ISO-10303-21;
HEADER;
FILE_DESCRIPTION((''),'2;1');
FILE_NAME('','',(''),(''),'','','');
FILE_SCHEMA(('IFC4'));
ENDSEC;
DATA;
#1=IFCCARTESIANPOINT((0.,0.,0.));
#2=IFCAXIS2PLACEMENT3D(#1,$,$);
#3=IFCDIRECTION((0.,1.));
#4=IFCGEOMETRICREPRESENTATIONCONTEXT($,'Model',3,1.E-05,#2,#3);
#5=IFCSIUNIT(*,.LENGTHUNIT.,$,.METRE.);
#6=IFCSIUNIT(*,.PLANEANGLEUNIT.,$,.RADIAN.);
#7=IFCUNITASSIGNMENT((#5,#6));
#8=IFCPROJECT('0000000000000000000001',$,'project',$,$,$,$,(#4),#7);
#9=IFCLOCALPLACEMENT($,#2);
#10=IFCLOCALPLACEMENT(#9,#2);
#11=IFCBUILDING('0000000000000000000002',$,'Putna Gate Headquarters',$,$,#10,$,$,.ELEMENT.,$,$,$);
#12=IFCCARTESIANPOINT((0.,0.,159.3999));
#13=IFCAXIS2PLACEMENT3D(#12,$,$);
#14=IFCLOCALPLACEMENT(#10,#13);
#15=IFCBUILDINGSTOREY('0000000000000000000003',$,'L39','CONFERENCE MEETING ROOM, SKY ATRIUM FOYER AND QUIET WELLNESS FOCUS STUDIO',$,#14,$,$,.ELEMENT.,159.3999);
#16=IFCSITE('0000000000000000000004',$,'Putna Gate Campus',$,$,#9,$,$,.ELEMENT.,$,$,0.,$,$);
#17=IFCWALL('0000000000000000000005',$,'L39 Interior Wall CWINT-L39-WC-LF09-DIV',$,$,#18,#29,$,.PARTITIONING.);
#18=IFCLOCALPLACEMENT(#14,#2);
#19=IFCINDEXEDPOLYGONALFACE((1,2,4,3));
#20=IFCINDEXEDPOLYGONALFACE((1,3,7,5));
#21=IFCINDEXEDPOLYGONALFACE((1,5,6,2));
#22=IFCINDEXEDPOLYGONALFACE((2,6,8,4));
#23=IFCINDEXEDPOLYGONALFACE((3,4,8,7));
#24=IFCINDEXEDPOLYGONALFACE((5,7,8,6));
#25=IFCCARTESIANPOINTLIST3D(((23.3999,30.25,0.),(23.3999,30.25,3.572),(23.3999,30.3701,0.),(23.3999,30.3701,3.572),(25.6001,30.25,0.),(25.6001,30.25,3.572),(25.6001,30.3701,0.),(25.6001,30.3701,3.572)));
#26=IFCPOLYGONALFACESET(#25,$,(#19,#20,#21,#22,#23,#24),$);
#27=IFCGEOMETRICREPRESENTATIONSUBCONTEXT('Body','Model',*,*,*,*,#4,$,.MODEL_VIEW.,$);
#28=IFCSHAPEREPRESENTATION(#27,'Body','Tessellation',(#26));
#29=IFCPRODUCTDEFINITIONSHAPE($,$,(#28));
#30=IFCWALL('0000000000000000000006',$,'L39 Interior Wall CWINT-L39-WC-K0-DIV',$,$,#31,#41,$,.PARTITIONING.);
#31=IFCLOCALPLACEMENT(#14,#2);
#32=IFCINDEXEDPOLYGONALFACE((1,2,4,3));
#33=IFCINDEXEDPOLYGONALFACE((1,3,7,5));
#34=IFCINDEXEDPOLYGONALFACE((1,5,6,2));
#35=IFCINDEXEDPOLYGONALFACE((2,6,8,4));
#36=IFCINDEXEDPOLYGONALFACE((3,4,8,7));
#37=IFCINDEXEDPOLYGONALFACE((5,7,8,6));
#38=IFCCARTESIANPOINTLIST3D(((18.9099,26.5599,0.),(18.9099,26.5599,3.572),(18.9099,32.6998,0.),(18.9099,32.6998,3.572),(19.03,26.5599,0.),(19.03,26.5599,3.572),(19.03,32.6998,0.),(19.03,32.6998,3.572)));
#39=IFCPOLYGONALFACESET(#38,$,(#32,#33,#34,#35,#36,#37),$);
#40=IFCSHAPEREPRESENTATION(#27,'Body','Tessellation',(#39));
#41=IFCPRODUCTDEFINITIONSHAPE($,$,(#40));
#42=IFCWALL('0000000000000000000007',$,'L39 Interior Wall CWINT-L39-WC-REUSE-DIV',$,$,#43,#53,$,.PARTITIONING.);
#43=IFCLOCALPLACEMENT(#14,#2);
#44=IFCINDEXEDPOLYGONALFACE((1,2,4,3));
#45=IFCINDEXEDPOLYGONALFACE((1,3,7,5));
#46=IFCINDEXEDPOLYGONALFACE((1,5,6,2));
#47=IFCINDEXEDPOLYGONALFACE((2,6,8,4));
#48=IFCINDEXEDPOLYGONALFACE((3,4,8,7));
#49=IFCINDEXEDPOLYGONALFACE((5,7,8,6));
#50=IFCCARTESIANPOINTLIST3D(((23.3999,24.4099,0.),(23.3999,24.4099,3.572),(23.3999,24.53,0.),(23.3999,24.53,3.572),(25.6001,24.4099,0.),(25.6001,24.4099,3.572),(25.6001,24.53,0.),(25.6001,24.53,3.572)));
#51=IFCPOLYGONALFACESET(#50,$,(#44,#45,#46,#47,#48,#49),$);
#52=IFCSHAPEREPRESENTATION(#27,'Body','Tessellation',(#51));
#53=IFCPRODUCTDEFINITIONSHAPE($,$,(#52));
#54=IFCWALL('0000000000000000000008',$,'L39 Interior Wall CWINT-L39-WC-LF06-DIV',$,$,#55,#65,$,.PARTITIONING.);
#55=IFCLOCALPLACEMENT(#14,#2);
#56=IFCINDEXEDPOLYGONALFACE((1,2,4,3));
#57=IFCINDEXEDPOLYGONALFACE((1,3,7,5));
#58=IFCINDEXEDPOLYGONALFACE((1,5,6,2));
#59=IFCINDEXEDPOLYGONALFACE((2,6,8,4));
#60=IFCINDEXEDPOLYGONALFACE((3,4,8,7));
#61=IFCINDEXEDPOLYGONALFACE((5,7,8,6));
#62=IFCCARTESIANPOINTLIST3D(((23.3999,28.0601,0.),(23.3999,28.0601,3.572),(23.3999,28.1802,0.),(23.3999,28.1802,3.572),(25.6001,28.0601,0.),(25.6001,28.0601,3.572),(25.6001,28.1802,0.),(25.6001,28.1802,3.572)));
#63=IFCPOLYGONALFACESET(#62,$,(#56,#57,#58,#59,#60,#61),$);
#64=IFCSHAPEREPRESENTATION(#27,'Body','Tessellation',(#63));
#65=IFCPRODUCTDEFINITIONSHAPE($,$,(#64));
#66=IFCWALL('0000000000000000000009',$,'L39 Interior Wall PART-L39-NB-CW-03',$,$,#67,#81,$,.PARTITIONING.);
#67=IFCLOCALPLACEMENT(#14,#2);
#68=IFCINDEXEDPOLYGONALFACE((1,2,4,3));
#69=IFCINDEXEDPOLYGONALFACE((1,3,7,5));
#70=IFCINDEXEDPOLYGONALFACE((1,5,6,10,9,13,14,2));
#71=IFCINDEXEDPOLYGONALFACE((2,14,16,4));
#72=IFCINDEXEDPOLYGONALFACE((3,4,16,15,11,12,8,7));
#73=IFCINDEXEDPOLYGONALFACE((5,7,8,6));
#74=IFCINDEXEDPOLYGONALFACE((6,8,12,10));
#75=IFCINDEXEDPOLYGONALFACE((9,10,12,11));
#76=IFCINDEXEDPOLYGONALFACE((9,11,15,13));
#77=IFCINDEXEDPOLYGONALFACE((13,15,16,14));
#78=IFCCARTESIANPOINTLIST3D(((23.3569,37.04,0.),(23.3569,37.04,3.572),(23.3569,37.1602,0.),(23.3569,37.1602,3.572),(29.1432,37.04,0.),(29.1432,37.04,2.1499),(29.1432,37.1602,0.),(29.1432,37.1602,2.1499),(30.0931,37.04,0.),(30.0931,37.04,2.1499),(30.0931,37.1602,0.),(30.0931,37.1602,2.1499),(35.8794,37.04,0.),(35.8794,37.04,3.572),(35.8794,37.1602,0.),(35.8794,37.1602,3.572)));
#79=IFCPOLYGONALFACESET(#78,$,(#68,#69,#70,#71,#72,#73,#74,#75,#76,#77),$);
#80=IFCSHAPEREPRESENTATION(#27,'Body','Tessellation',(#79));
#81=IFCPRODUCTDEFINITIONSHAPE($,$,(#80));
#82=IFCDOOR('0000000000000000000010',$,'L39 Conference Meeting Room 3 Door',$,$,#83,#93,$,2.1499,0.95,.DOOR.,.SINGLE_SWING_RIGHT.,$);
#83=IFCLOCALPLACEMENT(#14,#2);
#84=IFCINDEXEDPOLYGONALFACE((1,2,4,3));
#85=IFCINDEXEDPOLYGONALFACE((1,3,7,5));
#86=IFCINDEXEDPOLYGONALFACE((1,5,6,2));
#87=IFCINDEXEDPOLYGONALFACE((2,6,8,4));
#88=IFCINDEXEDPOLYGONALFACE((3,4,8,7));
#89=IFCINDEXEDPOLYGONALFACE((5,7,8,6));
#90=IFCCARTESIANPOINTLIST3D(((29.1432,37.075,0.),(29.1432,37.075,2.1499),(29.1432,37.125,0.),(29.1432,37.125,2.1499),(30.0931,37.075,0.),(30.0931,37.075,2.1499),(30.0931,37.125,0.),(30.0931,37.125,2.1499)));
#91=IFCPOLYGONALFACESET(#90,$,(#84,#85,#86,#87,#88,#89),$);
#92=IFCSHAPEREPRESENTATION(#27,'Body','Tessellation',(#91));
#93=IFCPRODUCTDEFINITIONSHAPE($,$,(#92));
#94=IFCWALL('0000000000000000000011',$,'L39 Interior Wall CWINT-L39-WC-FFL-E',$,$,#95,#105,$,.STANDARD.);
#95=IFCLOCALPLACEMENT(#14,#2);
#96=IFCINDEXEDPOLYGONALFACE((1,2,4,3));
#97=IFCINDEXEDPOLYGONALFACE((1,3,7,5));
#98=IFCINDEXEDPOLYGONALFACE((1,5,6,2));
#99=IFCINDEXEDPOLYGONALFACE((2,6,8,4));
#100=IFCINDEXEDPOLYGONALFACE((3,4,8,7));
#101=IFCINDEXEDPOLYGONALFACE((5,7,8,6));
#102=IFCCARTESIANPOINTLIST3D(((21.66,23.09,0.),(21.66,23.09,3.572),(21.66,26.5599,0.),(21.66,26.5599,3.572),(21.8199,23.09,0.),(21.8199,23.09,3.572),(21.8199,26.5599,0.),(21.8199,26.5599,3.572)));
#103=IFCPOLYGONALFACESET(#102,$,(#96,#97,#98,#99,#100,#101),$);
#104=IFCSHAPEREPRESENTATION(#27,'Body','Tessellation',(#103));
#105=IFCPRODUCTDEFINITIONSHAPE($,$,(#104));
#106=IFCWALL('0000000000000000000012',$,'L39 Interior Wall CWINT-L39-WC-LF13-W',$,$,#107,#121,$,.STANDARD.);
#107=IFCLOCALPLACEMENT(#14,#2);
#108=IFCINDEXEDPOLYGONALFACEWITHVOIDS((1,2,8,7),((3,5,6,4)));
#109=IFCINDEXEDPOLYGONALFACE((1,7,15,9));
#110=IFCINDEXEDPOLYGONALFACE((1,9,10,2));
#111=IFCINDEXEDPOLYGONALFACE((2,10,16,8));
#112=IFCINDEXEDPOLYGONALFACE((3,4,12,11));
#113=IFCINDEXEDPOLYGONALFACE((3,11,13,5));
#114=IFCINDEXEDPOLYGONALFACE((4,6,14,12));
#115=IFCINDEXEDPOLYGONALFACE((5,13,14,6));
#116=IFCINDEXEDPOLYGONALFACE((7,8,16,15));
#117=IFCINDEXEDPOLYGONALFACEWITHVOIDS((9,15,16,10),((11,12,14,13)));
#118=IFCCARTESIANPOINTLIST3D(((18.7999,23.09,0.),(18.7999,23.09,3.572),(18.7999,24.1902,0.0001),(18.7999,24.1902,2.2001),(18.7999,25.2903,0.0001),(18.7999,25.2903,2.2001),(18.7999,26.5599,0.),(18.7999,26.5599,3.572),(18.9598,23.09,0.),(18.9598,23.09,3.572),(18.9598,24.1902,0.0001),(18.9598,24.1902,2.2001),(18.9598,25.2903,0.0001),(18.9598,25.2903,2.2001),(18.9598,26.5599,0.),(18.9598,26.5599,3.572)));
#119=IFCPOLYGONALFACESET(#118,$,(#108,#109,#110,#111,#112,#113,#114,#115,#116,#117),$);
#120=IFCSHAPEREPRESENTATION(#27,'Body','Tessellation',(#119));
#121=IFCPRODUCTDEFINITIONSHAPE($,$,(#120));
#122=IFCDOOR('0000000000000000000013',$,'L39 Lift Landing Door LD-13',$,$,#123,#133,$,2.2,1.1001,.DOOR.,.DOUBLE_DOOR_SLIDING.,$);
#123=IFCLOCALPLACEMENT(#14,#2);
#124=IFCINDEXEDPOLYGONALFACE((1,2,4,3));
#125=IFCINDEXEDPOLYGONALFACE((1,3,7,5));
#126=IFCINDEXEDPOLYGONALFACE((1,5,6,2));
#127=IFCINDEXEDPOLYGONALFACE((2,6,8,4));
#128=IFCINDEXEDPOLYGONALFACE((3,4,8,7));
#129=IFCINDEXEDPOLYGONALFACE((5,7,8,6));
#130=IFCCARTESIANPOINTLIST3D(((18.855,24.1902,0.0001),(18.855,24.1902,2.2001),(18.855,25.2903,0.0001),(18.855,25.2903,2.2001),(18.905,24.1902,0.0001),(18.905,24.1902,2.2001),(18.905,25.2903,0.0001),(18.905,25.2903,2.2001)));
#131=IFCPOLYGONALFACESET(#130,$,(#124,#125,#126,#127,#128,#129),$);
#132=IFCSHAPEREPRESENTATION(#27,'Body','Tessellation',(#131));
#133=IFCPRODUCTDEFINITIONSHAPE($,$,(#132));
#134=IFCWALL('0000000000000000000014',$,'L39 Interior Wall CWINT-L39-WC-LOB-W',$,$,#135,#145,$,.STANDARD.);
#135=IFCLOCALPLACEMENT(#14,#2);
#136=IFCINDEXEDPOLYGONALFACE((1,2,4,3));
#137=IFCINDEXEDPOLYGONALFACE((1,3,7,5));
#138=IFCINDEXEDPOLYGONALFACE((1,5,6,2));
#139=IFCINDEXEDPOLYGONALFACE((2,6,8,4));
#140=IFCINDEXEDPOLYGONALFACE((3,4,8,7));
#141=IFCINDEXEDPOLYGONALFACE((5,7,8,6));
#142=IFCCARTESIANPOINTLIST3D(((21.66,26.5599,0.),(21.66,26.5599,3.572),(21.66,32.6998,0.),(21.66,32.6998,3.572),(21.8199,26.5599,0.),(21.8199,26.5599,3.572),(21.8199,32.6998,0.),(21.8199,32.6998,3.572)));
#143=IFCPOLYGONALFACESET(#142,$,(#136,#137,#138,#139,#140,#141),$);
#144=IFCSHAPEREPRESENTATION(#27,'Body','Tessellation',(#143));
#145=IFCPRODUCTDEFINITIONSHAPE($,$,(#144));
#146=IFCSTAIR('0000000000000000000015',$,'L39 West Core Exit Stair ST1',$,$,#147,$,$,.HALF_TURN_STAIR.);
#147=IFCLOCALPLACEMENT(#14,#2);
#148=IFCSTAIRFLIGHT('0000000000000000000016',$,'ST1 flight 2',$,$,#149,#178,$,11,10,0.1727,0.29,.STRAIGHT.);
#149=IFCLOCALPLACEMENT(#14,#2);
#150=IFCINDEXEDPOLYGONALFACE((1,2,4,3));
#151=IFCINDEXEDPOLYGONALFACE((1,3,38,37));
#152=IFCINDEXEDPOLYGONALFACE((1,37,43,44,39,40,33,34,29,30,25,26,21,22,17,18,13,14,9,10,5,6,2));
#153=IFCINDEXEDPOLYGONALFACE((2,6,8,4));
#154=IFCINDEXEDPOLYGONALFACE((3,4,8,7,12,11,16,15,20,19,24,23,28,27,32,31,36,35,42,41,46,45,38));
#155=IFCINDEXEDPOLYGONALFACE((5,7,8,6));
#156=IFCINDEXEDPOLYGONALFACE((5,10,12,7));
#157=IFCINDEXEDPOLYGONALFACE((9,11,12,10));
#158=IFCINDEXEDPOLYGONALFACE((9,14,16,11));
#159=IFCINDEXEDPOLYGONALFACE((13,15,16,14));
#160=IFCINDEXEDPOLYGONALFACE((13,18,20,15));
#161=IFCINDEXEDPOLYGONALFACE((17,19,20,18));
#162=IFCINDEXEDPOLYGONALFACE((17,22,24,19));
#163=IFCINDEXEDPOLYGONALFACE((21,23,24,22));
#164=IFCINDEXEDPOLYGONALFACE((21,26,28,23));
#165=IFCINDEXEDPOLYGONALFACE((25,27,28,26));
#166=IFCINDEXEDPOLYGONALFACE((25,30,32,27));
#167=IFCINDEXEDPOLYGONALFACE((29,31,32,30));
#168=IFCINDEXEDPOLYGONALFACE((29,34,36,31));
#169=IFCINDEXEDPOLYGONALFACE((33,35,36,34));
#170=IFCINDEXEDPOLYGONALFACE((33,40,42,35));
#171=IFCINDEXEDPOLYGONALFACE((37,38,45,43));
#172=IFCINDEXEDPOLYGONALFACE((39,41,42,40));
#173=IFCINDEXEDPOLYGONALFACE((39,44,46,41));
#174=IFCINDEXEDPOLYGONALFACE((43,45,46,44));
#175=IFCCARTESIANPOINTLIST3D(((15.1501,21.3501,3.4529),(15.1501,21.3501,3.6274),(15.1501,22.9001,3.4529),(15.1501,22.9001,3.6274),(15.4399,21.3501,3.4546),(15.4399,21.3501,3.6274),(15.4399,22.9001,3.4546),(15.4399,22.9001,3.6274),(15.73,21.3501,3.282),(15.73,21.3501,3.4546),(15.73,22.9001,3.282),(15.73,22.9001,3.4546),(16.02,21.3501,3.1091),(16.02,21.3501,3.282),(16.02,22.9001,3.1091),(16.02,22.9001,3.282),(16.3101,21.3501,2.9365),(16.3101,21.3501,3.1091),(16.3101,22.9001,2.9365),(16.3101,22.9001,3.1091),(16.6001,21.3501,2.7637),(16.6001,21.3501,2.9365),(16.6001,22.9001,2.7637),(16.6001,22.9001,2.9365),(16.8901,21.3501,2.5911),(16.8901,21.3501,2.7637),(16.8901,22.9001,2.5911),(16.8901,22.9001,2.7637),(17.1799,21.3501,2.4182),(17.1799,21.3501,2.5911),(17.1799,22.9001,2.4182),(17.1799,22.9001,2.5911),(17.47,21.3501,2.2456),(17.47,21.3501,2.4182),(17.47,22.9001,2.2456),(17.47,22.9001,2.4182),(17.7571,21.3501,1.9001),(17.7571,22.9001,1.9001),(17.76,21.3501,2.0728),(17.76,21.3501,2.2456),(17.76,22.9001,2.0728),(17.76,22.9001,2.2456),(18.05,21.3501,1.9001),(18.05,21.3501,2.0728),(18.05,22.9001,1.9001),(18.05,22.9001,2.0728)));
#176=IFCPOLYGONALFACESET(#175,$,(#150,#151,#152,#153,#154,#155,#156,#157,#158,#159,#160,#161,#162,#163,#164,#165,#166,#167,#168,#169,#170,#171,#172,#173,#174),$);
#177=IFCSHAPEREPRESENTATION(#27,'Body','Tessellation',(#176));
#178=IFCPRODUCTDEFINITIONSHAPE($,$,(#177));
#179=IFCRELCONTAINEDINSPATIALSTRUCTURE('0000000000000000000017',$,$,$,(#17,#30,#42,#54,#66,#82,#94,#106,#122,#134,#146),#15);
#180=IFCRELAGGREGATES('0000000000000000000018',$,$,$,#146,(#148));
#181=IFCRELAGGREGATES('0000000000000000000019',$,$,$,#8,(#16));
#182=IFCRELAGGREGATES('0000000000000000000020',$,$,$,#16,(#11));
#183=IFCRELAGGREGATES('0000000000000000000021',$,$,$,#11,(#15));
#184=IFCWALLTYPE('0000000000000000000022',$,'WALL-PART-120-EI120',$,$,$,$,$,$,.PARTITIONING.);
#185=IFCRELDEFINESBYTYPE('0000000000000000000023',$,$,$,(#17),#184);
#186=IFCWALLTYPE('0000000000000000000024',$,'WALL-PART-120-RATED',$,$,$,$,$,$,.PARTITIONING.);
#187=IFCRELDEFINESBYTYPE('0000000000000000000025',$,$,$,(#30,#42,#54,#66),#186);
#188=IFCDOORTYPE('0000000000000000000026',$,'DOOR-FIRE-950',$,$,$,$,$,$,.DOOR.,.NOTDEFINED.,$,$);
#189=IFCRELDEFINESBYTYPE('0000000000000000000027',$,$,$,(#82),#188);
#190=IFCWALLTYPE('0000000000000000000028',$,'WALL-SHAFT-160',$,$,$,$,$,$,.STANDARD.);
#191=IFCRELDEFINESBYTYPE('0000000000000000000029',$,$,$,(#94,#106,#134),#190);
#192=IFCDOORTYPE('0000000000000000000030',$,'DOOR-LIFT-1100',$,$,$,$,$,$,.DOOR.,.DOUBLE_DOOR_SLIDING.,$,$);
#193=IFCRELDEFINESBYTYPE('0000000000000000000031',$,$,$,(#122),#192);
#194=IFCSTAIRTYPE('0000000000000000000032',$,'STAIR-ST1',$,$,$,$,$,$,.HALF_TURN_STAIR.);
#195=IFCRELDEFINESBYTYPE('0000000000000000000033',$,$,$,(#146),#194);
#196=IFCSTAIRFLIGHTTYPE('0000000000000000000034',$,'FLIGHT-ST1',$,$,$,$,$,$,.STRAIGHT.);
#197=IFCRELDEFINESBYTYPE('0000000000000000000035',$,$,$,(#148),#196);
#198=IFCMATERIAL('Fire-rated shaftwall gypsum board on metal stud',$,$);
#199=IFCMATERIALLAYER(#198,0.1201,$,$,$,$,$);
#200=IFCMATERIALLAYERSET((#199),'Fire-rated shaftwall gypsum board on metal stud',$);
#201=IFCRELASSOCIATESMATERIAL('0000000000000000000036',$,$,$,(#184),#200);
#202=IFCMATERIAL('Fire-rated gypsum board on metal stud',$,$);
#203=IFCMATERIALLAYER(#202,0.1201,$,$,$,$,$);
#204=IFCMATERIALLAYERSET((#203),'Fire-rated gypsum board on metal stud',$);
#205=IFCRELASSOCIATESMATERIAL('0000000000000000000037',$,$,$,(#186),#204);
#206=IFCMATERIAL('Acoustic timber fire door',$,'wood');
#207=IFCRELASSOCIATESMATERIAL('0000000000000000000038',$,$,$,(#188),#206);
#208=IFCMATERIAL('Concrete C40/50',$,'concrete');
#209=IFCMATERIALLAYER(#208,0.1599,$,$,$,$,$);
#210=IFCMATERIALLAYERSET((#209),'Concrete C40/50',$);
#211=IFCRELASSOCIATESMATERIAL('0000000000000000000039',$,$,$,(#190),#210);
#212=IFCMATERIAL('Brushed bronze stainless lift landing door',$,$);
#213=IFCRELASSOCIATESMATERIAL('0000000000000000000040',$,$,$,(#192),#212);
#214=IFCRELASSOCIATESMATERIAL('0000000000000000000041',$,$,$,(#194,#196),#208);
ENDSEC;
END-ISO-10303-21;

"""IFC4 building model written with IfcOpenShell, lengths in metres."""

from ifc_helpers import new_model, si_unit, direction, frame, frame_2d, origin, place, context, subcontext, project, spatial, polyline, rectangle, outline, extrude, material, layer, layer_set, type_object, element, fill, aggregate, save


model = new_model("IFC4")

# Units and contexts
model_context = context("Model", 3, precision=1e-05, world=origin(), true_north=direction((0.0, 1.0)))
body_context = subcontext(model_context, "Body", "Model", "MODEL_VIEW")
ifc_project = project(units=[si_unit("LENGTHUNIT", "METRE"), si_unit("PLANEANGLEUNIT", "RADIAN")], contexts=[model_context])

# Site, building, storey
site_placement = place(None, origin())
site = spatial("IfcSite", under=ifc_project, at=site_placement, Name="Putna Gate Campus", CompositionType="ELEMENT", RefElevation=0.0)
building_placement = place(site_placement, origin())
building = spatial("IfcBuilding", under=site, at=building_placement, Name="Putna Gate Headquarters", CompositionType="ELEMENT")
storey_placement = place(building_placement, frame((0.0, 0.0, 159.3999)))
storey = spatial("IfcBuildingStorey", under=building, at=storey_placement, Name="L39", Description="CONFERENCE MEETING ROOM, SKY ATRIUM FOYER AND QUIET WELLNESS FOCUS STUDIO", CompositionType="ELEMENT", Elevation=159.3999)

# Walls
ifc_material_1 = material(Name="Fire-rated shaftwall gypsum board on metal stud")
ifc_layer_1 = layer(ifc_material_1, 0.1201)
ifc_layer_set_1 = layer_set([ifc_layer_1], Name="Fire-rated shaftwall gypsum board on metal stud")
wall_type_1 = type_object("IfcWallType", Name="WALL-PART-120-EI120", PredefinedType="PARTITIONING", material=ifc_layer_set_1)
wall_1_placement = place(storey_placement, frame((23.3999, 30.3101, 0.0), z_axis=(0.0, 0.0, 1.0), x_axis=(1.0, 0.0, 0.0)))
element("IfcWall", 1, at=wall_1_placement, inside=storey, type_object=wall_type_1, Name="L39 Interior Wall CWINT-L39-WC-LF09-DIV", PredefinedType="PARTITIONING", context=body_context, shape_type="SweptSolid", body=[
    extrude(rectangle(XDim=2.2002, YDim=0.1201, at=frame_2d((1.1001, 0.0))), origin(), (0.0, 0.0, 1.0), 3.572),
])
ifc_material_2 = material(Name="Fire-rated gypsum board on metal stud")
ifc_layer_2 = layer(ifc_material_2, 0.1201)
ifc_layer_set_2 = layer_set([ifc_layer_2], Name="Fire-rated gypsum board on metal stud")
wall_type_2 = type_object("IfcWallType", Name="WALL-PART-120-RATED", PredefinedType="PARTITIONING", material=ifc_layer_set_2)
wall_2_placement = place(storey_placement, frame((18.97, 26.5601, 0.0), z_axis=(0.0, 0.0, 1.0), x_axis=(0.0, 1.0, 0.0)))
element("IfcWall", 2, at=wall_2_placement, inside=storey, type_object=wall_type_2, Name="L39 Interior Wall CWINT-L39-WC-K0-DIV", PredefinedType="PARTITIONING", context=body_context, shape_type="SweptSolid", body=[
    extrude(rectangle(XDim=6.1399, YDim=0.1201, at=frame_2d((3.0698, 0.0))), origin(), (0.0, 0.0, 1.0), 3.572),
])
for number, where, z_axis, x_axis, name in (
    (3, (23.3999, 24.47, 0.0), (0.0, 0.0, 1.0), (1.0, 0.0, 0.0), "L39 Interior Wall CWINT-L39-WC-REUSE-DIV"),
    (4, (23.3999, 28.1201, 0.0), (0.0, 0.0, 1.0), (1.0, 0.0, 0.0), "L39 Interior Wall CWINT-L39-WC-LF06-DIV"),
):
    element("IfcWall", number, at=place(storey_placement, frame(where, z_axis=z_axis, x_axis=x_axis)), inside=storey, type_object=wall_type_2, Name=name, PredefinedType="PARTITIONING", context=body_context, shape_type="SweptSolid", body=[
        extrude(rectangle(XDim=2.2002, YDim=0.1201, at=frame_2d((1.1001, 0.0))), origin(), (0.0, 0.0, 1.0), 3.572),
    ])

# Wall, opening, door
wall_3_placement = place(storey_placement, frame((23.3569, 37.1001, 0.0), z_axis=(0.0, 0.0, 1.0), x_axis=(1.0, 0.0, 0.0)))
wall_3 = element("IfcWall", 5, at=wall_3_placement, inside=storey, type_object=wall_type_2, Name="L39 Interior Wall PART-L39-NB-CW-03", PredefinedType="PARTITIONING", context=body_context, shape_type="SweptSolid", body=[
    extrude(rectangle(XDim=12.5225, YDim=0.1201, at=frame_2d((6.2612, 0.0))), origin(), (0.0, 0.0, 1.0), 3.572),
])
opening_1_placement = place(wall_3_placement, frame((5.7861, 0.0, 0.0)))
opening_1 = element("IfcOpeningElement", 6, at=opening_1_placement, cuts=wall_3, PredefinedType="OPENING", context=body_context, shape_type="SweptSolid", body=[
    extrude(rectangle(XDim=0.95, YDim=2.1499, at=frame_2d((0.4751, 1.075))), frame((0.0, 0.0701, 0.0), z_axis=(0.0, -1.0, 0.0), x_axis=(1.0, 0.0, 0.0)), (0.0, 0.0, 1.0), 0.1401),
])
ifc_material_3 = material(Name="Acoustic timber fire door", Category="wood")
door_type_1 = type_object("IfcDoorType", Name="DOOR-FIRE-950", OperationType="NOTDEFINED", PredefinedType="DOOR", material=ifc_material_3)
door_1_placement = place(opening_1_placement, origin())
door_1 = element("IfcDoor", 7, at=door_1_placement, inside=storey, type_object=door_type_1, Name="L39 Conference Meeting Room 3 Door", OperationType="SINGLE_SWING_RIGHT", OverallHeight=2.1499, OverallWidth=0.95, PredefinedType="DOOR", context=body_context, shape_type="SweptSolid", body=[
    extrude(rectangle(XDim=0.95, YDim=2.1499, at=frame_2d((0.4751, 1.075))), frame((0.0, 0.0249, 0.0), z_axis=(0.0, -1.0, 0.0), x_axis=(1.0, 0.0, 0.0)), (0.0, 0.0, 1.0), 0.05),
])
fill(opening_1, door_1)

# Wall
ifc_material_4 = material(Name="Concrete C40/50", Category="concrete")
ifc_layer_3 = layer(ifc_material_4, 0.1599)
ifc_layer_set_3 = layer_set([ifc_layer_3], Name="Concrete C40/50")
wall_type_3 = type_object("IfcWallType", Name="WALL-SHAFT-160", PredefinedType="STANDARD", material=ifc_layer_set_3)
wall_4_placement = place(storey_placement, frame((21.74, 23.0901, 0.0), z_axis=(0.0, 0.0, 1.0), x_axis=(0.0, 1.0, 0.0)))
element("IfcWall", 8, at=wall_4_placement, inside=storey, type_object=wall_type_3, Name="L39 Interior Wall CWINT-L39-WC-FFL-E", PredefinedType="STANDARD", context=body_context, shape_type="SweptSolid", body=[
    extrude(rectangle(XDim=3.47, YDim=0.1599, at=frame_2d((1.7349, 0.0))), origin(), (0.0, 0.0, 1.0), 3.572),
])

# Wall, opening, door
wall_5_placement = place(storey_placement, frame((18.8799, 23.0901, 0.0), z_axis=(0.0, 0.0, 1.0), x_axis=(0.0, 1.0, 0.0)))
wall_5 = element("IfcWall", 9, at=wall_5_placement, inside=storey, type_object=wall_type_3, Name="L39 Interior Wall CWINT-L39-WC-LF13-W", PredefinedType="STANDARD", context=body_context, shape_type="SweptSolid", body=[
    extrude(rectangle(XDim=3.47, YDim=0.1599, at=frame_2d((1.7349, 0.0))), origin(), (0.0, 0.0, 1.0), 3.572),
])
opening_2_placement = place(wall_5_placement, frame((1.1001, 0.0, 0.0)))
opening_2 = element("IfcOpeningElement", 10, at=opening_2_placement, cuts=wall_5, PredefinedType="OPENING", context=body_context, shape_type="SweptSolid", body=[
    extrude(rectangle(XDim=1.1001, YDim=2.2, at=frame_2d((0.55, 1.1001))), frame((0.0, 0.0898, 0.0), z_axis=(0.0, -1.0, 0.0), x_axis=(1.0, 0.0, 0.0)), (0.0, 0.0, 1.0), 0.1799),
])
ifc_material_5 = material(Name="Brushed bronze stainless lift landing door")
door_type_2 = type_object("IfcDoorType", Name="DOOR-LIFT-1100", OperationType="DOUBLE_DOOR_SLIDING", PredefinedType="DOOR", material=ifc_material_5)
door_2_placement = place(opening_2_placement, origin())
door_2 = element("IfcDoor", 11, at=door_2_placement, inside=storey, type_object=door_type_2, Name="L39 Lift Landing Door LD-13", OperationType="DOUBLE_DOOR_SLIDING", OverallHeight=2.2, OverallWidth=1.1001, PredefinedType="DOOR", context=body_context, shape_type="SweptSolid", body=[
    extrude(rectangle(XDim=1.1001, YDim=2.2, at=frame_2d((0.55, 1.1001))), frame((0.0, 0.0249, 0.0), z_axis=(0.0, -1.0, 0.0), x_axis=(1.0, 0.0, 0.0)), (0.0, 0.0, 1.0), 0.05),
])
fill(opening_2, door_2)

# Wall
wall_6_placement = place(storey_placement, frame((21.74, 26.5601, 0.0), z_axis=(0.0, 0.0, 1.0), x_axis=(0.0, 1.0, 0.0)))
element("IfcWall", 12, at=wall_6_placement, inside=storey, type_object=wall_type_3, Name="L39 Interior Wall CWINT-L39-WC-LOB-W", PredefinedType="STANDARD", context=body_context, shape_type="SweptSolid", body=[
    extrude(rectangle(XDim=6.1399, YDim=0.1599, at=frame_2d((3.0698, 0.0))), origin(), (0.0, 0.0, 1.0), 3.572),
])

# Stair, stair flight
stair_type = type_object("IfcStairType", Name="STAIR-ST1", PredefinedType="HALF_TURN_STAIR", material=ifc_material_4)
stair_placement = place(storey_placement, origin())
stair = element("IfcStair", 13, at=stair_placement, inside=storey, type_object=stair_type, Name="L39 West Core Exit Stair ST1", PredefinedType="HALF_TURN_STAIR")
stair_flight_type = type_object("IfcStairFlightType", Name="FLIGHT-ST1", PredefinedType="STRAIGHT", material=ifc_material_4)
stair_flight_placement = place(storey_placement, frame((18.05, 22.125, 1.9001), z_axis=(0.0, 0.0, 1.0), x_axis=(-1.0, 0.0, 0.0)))
stair_flight = element("IfcStairFlight", 14, at=stair_flight_placement, type_object=stair_flight_type, Name="ST1 flight 2", NumberOfRisers=11, NumberOfTreads=10, PredefinedType="STRAIGHT", RiserHeight=0.1727, TreadLength=0.29, context=body_context, shape_type="SweptSolid", body=[
    extrude(outline(polyline([(0.0, 0.0), (0.0, 0.1726), (0.29, 0.1726), (0.29, 0.3455), (0.5801, 0.3455), (0.5801, 0.5181), (0.8701, 0.5181), (0.8701, 0.6909), (1.1599, 0.6909), (1.1599, 0.8635), (1.45, 0.8635), (1.45, 1.0364), (1.74, 1.0364), (1.74, 1.209), (2.03, 1.209), (2.03, 1.3818), (2.3201, 1.3818), (2.3201, 1.5544), (2.6101, 1.5544), (2.6101, 1.7273), (2.8999, 1.7273), (2.8999, 1.8999), (2.8999, 1.5527), (0.293, 0.0), (0.0, 0.0)])), frame((0.0, 0.7749, 0.0), z_axis=(0.0, -1.0, 0.0), x_axis=(1.0, 0.0, 0.0)), (0.0, 0.0, 1.0), 1.55),
])
aggregate(stair, [stair_flight])

save(model, "model.ifc")
